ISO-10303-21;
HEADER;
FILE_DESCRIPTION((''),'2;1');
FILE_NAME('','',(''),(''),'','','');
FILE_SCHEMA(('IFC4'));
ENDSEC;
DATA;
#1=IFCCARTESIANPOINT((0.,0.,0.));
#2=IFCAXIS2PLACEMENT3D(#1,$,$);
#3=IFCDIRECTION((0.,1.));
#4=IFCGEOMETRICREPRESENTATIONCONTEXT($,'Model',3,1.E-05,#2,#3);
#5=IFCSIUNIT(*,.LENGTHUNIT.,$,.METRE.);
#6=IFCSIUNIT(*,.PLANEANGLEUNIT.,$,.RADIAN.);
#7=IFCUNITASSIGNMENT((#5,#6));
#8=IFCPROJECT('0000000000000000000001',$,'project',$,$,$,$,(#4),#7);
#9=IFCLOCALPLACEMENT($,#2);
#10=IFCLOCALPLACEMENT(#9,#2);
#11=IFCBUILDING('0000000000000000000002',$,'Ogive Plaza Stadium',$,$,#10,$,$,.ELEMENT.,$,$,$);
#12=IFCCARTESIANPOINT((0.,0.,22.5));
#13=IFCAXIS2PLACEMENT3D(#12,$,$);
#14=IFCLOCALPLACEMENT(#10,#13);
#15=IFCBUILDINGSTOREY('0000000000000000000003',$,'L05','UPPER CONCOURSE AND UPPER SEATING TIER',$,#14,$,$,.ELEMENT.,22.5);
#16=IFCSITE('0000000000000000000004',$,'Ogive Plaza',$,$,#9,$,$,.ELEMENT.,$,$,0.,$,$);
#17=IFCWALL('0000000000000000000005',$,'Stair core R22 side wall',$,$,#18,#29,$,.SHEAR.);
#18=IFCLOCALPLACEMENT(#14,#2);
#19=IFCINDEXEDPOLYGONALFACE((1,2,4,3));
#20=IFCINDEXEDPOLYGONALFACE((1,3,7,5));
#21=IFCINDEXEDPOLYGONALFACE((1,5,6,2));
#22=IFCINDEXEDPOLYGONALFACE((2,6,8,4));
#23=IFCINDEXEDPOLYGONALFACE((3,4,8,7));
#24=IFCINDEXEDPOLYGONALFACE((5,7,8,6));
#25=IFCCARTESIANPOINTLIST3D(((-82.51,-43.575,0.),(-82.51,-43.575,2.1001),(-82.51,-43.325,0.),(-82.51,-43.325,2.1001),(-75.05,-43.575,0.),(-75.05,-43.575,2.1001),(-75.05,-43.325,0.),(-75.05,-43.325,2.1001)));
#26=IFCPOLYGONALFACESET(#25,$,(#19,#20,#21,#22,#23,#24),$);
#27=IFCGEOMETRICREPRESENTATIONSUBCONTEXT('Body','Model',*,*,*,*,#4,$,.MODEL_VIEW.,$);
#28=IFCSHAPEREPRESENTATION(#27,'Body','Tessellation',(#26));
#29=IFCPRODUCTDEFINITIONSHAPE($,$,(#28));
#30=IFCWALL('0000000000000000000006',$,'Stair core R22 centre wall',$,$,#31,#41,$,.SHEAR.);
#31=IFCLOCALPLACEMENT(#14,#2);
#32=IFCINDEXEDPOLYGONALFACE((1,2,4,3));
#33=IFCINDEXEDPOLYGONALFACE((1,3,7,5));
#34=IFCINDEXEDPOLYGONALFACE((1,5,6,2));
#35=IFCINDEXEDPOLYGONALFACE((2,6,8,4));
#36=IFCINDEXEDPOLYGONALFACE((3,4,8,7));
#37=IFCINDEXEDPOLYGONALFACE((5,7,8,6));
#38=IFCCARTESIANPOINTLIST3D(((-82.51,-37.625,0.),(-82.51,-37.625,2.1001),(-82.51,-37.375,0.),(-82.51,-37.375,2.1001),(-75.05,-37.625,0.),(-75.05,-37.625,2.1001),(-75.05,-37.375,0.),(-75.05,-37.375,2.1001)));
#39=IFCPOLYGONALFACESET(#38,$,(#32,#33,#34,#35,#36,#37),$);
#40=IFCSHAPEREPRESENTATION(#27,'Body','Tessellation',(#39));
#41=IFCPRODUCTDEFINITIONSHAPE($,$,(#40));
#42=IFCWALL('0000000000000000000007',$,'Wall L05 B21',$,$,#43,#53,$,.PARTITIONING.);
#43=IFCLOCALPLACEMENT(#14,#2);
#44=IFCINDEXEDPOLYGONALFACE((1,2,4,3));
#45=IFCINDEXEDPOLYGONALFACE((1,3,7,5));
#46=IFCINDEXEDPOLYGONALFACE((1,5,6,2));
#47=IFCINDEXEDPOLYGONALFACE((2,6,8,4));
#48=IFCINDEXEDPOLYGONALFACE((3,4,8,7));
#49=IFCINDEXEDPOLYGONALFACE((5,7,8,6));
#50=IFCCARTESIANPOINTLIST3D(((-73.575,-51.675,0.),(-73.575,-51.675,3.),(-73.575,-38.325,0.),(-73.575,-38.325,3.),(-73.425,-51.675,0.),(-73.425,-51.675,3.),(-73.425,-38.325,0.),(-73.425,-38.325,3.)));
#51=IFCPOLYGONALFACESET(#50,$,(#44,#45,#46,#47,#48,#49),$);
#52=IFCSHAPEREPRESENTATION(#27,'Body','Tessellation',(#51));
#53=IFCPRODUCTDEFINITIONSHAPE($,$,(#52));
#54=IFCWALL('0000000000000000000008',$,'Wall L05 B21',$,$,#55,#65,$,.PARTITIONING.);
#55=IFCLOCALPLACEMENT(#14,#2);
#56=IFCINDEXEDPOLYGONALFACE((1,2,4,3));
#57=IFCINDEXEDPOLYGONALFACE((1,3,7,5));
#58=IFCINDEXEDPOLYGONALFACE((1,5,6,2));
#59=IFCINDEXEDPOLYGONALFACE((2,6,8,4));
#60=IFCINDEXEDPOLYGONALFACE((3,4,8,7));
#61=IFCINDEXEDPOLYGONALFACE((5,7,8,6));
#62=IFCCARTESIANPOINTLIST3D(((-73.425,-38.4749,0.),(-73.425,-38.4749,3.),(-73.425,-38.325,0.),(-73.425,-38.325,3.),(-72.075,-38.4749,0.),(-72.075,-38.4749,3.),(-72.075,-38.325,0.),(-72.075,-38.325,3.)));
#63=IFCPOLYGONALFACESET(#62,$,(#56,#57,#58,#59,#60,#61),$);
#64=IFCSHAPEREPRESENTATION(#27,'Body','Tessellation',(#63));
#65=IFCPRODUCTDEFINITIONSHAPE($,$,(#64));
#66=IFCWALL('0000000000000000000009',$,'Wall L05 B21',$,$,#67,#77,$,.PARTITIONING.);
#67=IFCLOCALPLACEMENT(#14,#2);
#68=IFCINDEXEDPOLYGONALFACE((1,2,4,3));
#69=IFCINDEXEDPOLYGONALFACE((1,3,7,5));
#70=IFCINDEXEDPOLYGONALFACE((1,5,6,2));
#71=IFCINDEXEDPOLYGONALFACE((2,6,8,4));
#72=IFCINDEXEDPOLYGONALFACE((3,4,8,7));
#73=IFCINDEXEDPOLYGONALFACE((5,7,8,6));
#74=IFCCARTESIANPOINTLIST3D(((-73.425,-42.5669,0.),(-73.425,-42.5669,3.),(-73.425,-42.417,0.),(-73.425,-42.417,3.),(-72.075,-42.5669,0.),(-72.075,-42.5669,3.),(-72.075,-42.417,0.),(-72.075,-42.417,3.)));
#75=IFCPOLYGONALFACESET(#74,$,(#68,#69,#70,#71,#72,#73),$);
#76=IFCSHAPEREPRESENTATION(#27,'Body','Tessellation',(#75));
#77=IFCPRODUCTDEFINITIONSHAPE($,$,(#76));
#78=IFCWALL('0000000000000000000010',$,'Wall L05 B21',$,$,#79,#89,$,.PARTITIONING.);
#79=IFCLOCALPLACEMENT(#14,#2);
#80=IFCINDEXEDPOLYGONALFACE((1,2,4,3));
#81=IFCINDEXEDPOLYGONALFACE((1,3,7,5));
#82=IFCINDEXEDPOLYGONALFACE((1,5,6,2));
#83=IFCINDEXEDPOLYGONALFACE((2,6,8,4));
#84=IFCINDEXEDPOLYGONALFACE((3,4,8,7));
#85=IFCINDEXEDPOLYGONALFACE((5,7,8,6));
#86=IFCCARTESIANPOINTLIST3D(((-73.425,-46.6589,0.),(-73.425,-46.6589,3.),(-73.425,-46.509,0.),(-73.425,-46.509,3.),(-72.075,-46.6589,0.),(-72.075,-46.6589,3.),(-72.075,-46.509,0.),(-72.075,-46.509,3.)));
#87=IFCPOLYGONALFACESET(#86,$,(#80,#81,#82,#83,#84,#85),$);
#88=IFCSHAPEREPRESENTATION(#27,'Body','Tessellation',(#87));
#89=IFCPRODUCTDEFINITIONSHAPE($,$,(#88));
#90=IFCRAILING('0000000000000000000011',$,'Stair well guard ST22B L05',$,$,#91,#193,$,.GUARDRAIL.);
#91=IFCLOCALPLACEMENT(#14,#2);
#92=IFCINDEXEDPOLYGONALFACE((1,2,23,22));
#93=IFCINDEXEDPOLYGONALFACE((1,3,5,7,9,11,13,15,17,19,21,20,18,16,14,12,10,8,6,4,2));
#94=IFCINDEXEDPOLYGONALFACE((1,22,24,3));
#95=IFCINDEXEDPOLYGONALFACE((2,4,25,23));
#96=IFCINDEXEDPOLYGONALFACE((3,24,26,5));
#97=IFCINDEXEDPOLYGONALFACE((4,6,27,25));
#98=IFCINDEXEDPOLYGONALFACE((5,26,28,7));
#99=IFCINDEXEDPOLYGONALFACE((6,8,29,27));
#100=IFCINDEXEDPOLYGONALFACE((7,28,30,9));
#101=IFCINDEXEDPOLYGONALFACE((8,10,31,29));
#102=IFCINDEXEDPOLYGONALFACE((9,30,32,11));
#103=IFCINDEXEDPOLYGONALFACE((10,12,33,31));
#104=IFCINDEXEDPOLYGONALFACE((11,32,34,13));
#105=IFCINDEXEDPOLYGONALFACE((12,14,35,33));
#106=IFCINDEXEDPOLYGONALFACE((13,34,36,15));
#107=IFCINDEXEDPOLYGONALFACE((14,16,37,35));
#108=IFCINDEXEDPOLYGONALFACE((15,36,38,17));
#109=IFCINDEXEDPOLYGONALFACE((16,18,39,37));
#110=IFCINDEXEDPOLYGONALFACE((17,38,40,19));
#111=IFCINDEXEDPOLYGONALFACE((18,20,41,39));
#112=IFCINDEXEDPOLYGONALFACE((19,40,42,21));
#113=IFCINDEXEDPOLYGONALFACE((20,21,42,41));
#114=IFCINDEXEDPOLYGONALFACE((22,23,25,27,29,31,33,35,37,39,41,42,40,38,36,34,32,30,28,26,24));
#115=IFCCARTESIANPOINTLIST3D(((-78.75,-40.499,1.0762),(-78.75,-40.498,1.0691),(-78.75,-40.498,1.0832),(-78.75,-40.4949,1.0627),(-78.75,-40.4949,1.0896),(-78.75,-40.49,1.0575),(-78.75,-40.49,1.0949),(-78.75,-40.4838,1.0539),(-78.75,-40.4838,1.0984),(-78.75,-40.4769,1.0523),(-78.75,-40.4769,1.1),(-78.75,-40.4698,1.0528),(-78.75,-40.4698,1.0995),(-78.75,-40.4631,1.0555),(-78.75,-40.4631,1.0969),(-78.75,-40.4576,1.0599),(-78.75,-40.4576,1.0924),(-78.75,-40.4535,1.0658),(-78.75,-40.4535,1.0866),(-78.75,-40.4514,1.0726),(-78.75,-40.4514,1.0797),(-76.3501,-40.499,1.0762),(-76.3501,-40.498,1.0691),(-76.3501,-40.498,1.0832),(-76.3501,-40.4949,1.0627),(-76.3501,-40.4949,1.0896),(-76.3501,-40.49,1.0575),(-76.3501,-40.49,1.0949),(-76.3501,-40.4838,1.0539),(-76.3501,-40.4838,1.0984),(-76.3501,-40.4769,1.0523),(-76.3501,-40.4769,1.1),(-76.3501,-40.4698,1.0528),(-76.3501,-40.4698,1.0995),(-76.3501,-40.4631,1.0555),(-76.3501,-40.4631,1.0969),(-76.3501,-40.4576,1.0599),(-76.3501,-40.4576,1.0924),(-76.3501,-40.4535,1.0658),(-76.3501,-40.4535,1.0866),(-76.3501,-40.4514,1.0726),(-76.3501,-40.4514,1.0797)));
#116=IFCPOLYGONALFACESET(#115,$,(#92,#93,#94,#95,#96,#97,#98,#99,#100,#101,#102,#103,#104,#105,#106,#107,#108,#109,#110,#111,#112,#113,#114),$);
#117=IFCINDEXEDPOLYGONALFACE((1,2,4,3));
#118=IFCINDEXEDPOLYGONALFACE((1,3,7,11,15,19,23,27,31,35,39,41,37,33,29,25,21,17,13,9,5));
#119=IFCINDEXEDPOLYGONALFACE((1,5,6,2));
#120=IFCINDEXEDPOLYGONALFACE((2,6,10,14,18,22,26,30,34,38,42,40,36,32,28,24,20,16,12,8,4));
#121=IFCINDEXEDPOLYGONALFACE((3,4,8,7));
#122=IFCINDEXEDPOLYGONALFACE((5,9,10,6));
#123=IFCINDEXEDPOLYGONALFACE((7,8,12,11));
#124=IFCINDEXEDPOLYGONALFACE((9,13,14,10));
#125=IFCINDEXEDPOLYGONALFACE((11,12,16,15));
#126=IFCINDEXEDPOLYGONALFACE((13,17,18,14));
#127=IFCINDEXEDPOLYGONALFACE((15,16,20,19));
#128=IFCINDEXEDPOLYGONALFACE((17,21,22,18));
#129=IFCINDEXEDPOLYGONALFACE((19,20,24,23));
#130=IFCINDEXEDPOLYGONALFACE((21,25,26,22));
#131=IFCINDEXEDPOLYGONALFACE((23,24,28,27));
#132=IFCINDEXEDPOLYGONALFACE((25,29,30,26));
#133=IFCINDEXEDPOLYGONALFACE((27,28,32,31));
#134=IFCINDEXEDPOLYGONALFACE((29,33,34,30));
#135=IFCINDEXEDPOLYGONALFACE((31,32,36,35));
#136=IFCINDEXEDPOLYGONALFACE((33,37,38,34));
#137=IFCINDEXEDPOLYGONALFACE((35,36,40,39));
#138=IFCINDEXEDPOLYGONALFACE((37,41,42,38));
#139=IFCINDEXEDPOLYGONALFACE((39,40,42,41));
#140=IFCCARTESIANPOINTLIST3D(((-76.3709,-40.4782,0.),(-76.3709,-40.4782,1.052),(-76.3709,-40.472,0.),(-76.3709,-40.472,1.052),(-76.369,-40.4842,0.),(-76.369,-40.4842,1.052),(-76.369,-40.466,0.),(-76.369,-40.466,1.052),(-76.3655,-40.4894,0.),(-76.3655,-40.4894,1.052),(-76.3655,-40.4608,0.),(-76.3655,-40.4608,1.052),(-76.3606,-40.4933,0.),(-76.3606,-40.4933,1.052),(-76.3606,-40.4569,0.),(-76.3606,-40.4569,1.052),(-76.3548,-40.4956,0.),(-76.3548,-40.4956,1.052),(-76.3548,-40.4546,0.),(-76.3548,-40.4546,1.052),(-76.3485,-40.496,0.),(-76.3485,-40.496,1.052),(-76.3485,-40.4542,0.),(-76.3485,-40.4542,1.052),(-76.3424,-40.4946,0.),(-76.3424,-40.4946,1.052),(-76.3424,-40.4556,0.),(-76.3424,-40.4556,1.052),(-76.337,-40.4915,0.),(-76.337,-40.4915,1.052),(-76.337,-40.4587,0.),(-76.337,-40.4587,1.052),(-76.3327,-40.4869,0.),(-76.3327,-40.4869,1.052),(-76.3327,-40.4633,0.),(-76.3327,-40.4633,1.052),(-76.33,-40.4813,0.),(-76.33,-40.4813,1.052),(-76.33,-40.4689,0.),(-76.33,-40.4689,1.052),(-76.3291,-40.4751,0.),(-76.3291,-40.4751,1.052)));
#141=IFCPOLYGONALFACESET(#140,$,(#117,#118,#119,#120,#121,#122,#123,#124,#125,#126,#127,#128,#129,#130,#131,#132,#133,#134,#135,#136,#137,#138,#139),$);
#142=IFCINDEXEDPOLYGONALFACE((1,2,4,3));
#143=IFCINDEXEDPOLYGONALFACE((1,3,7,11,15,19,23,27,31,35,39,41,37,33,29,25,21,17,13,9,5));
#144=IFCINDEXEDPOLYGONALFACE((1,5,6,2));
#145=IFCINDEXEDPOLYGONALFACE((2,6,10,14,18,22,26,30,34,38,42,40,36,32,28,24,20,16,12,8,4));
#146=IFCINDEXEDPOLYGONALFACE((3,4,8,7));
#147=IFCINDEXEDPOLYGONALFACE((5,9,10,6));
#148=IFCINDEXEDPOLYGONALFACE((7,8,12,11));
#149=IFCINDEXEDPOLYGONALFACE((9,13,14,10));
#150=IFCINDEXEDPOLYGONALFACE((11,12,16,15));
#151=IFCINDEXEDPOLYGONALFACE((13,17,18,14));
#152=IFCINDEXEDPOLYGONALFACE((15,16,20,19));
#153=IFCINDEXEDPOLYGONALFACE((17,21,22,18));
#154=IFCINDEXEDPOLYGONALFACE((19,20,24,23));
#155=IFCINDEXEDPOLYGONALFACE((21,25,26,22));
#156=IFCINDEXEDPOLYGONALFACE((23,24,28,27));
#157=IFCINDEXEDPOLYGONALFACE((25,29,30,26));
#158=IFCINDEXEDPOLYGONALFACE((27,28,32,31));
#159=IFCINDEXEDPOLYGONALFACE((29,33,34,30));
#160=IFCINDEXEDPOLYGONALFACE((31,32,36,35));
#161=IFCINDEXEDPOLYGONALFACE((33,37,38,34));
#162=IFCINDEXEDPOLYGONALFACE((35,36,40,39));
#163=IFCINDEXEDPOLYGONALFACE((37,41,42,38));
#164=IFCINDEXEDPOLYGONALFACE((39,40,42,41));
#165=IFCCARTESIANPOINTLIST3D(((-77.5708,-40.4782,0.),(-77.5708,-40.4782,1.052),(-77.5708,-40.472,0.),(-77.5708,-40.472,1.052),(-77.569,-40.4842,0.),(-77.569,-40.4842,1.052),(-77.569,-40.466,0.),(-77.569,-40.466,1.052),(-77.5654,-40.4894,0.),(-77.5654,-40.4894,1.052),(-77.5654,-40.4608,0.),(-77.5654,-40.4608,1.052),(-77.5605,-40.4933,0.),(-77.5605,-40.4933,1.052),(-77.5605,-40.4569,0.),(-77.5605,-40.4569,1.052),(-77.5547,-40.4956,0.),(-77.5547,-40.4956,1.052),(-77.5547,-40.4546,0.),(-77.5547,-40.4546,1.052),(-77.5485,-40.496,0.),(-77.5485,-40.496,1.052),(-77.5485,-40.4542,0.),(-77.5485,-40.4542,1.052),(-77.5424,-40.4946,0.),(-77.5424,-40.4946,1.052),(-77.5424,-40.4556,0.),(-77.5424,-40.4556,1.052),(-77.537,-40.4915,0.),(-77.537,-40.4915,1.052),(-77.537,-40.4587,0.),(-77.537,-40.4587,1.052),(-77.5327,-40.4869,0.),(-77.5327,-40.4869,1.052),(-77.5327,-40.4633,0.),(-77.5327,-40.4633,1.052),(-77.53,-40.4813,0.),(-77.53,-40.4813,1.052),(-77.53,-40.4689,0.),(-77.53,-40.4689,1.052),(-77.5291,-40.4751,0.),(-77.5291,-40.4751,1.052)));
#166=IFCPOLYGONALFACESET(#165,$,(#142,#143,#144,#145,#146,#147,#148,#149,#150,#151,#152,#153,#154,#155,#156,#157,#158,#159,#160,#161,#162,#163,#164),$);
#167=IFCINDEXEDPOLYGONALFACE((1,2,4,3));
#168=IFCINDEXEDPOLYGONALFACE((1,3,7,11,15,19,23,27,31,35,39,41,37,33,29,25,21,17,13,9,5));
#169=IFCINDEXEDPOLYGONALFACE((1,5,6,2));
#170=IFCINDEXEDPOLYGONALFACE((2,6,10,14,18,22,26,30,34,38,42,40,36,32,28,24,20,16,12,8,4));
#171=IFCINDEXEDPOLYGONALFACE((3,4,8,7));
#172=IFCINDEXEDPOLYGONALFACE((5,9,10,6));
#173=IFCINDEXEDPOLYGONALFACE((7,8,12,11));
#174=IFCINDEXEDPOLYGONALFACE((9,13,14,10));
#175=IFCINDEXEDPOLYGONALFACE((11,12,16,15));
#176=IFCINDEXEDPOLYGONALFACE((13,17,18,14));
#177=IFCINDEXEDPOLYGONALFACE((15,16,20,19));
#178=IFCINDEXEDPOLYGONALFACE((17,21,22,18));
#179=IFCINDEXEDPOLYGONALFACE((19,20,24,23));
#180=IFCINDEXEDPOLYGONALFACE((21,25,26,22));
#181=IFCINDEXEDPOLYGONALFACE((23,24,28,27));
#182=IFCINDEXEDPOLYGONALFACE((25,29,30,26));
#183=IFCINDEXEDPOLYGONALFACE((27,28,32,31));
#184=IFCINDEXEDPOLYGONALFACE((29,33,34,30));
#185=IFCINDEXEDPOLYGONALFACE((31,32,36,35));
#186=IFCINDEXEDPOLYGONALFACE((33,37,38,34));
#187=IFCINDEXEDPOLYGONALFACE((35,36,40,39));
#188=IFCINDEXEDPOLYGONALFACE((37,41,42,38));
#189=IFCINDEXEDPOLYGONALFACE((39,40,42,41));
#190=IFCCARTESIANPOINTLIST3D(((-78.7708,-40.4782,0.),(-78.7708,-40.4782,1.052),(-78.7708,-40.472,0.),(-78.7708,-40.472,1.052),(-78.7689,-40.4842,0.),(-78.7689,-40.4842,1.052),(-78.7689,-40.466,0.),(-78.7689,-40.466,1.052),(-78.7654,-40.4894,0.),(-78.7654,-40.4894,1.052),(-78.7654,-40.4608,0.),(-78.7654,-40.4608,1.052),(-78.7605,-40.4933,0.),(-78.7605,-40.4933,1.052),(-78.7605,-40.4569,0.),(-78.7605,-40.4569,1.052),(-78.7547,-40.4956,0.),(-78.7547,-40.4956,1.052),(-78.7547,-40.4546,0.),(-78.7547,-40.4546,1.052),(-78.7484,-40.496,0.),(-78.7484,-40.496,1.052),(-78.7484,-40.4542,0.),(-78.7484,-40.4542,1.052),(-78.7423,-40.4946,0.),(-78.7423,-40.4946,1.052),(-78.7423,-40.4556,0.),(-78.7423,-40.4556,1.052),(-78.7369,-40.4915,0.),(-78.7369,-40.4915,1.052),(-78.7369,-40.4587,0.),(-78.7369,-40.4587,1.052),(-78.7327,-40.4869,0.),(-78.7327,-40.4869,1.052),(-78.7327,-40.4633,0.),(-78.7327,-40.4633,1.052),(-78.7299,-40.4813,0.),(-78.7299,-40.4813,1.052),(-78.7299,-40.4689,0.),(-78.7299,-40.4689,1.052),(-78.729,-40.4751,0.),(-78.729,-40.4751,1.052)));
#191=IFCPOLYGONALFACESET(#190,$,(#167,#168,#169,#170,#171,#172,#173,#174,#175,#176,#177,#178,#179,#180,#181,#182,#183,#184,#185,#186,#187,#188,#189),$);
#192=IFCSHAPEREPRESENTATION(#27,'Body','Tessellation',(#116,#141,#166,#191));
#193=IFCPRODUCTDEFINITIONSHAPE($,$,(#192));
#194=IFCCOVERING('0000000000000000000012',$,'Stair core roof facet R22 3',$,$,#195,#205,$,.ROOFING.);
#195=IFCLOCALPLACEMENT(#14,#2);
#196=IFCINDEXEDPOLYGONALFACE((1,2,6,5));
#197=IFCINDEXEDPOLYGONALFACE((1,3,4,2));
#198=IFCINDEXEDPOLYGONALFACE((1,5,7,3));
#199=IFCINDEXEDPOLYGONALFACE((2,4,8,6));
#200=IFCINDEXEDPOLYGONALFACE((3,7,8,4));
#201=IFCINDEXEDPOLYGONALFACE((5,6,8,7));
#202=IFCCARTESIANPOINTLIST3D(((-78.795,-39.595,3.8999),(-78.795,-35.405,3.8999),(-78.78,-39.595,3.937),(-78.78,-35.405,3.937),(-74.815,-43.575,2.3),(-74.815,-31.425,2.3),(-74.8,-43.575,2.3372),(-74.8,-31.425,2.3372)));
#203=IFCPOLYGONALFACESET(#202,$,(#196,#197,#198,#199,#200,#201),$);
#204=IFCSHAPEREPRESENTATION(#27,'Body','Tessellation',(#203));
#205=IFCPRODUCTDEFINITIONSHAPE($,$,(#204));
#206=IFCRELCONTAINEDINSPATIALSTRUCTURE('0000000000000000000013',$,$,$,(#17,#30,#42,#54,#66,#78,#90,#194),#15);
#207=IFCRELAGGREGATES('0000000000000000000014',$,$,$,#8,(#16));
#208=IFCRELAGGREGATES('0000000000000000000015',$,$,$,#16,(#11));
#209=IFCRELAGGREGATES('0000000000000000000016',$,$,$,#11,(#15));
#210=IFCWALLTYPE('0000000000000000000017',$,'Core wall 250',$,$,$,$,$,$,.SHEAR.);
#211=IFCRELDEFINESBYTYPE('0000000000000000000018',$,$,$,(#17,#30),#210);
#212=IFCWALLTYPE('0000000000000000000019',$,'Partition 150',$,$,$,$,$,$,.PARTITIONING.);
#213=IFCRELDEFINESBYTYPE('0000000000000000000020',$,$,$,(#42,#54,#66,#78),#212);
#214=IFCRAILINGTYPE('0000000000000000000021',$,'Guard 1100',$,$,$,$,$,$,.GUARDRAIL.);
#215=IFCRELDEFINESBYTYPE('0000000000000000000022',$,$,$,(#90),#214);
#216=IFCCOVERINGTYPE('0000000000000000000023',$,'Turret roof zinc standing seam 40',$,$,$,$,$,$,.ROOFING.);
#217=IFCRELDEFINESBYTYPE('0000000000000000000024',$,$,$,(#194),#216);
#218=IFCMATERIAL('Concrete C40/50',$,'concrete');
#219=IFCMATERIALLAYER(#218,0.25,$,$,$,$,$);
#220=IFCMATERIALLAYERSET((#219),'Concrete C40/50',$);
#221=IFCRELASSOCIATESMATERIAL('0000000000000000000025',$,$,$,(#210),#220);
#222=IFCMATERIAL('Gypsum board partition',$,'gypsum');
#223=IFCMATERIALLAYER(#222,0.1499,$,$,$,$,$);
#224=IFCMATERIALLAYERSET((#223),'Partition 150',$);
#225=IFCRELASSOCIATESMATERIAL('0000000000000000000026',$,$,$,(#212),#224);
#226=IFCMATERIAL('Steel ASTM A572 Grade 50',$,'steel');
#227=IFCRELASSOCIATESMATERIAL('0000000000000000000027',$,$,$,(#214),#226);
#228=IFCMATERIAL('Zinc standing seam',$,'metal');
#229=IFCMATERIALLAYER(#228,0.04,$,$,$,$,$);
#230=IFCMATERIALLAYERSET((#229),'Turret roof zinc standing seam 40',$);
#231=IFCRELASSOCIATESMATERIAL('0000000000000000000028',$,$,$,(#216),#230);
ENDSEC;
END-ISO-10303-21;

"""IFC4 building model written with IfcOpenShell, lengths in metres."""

from ifc_helpers import new_model, si_unit, direction, frame, frame_2d, origin, origin_2d, place, context, subcontext, project, spatial, polyline, rectangle, circle, outline, extrude, material, layer, layer_set, type_object, element, save


model = new_model("IFC4")

# Units and contexts
model_context = context("Model", 3, precision=1e-05, world=origin(), true_north=direction((0.0, 1.0)))
body_context = subcontext(model_context, "Body", "Model", "MODEL_VIEW")
ifc_project = project(units=[si_unit("LENGTHUNIT", "METRE"), si_unit("PLANEANGLEUNIT", "RADIAN")], contexts=[model_context])

# Site, building, storey
site_placement = place(None, origin())
site = spatial("IfcSite", under=ifc_project, at=site_placement, Name="Ogive Plaza", CompositionType="ELEMENT", RefElevation=0.0)
building_placement = place(site_placement, origin())
building = spatial("IfcBuilding", under=site, at=building_placement, Name="Ogive Plaza Stadium", CompositionType="ELEMENT")
storey_placement = place(building_placement, frame((0.0, 0.0, 22.5)))
storey = spatial("IfcBuildingStorey", under=building, at=storey_placement, Name="L05", Description="UPPER CONCOURSE AND UPPER SEATING TIER", CompositionType="ELEMENT", Elevation=22.5)

# Walls
ifc_material_1 = material(Name="Concrete C40/50", Category="concrete")
ifc_layer_1 = layer(ifc_material_1, 0.25)
ifc_layer_set_1 = layer_set([ifc_layer_1], Name="Concrete C40/50")
wall_type_1 = type_object("IfcWallType", Name="Core wall 250", PredefinedType="SHEAR", material=ifc_layer_set_1)
for number, where, z_axis, x_axis, name in (
    (1, (-75.05, -43.45, 0.0), (0.0, 0.0, 1.0), (-1.0, 0.0, 0.0), "Stair core R22 side wall"),
    (2, (-75.05, -37.5, 0.0), (0.0, 0.0, 1.0), (-1.0, 0.0, 0.0), "Stair core R22 centre wall"),
):
    element("IfcWall", number, at=place(storey_placement, frame(where, z_axis=z_axis, x_axis=x_axis)), inside=storey, type_object=wall_type_1, Name=name, PredefinedType="SHEAR", context=body_context, shape_type="SweptSolid", body=[
        extrude(rectangle(XDim=7.46, YDim=0.25, at=frame_2d((3.73, 0.0))), origin(), (0.0, 0.0, 1.0), 2.1001),
    ])
ifc_material_2 = material(Name="Gypsum board partition", Category="gypsum")
ifc_layer_2 = layer(ifc_material_2, 0.1499)
ifc_layer_set_2 = layer_set([ifc_layer_2], Name="Partition 150")
wall_type_2 = type_object("IfcWallType", Name="Partition 150", PredefinedType="PARTITIONING", material=ifc_layer_set_2)
wall_placement = place(storey_placement, frame((-73.5, -38.325, 0.0), z_axis=(0.0, 0.0, 1.0), x_axis=(0.0, -1.0, 0.0)))
element("IfcWall", 3, at=wall_placement, inside=storey, type_object=wall_type_2, Name="Wall L05 B21", PredefinedType="PARTITIONING", context=body_context, shape_type="SweptSolid", body=[
    extrude(rectangle(XDim=13.3501, YDim=0.1499, at=frame_2d((6.675, 0.0))), origin(), (0.0, 0.0, 1.0), 3.0),
])
for number, where, z_axis, x_axis, name in (
    (4, (-72.075, -38.3999, 0.0), (0.0, 0.0, 1.0), (-1.0, 0.0, 0.0), "Wall L05 B21"),
    (5, (-72.075, -42.4919, 0.0), (0.0, 0.0, 1.0), (-1.0, 0.0, 0.0), "Wall L05 B21"),
    (6, (-72.075, -46.584, 0.0), (0.0, 0.0, 1.0), (-1.0, 0.0, 0.0), "Wall L05 B21"),
):
    element("IfcWall", number, at=place(storey_placement, frame(where, z_axis=z_axis, x_axis=x_axis)), inside=storey, type_object=wall_type_2, Name=name, PredefinedType="PARTITIONING", context=body_context, shape_type="SweptSolid", body=[
        extrude(rectangle(XDim=1.3501, YDim=0.1499, at=frame_2d((0.675, 0.0))), origin(), (0.0, 0.0, 1.0), 3.0),
    ])

# Railing
ifc_material_3 = material(Name="Steel ASTM A572 Grade 50", Category="steel")
railing_type = type_object("IfcRailingType", Name="Guard 1100", PredefinedType="GUARDRAIL", material=ifc_material_3)
railing_placement = place(storey_placement, frame((-76.3501, -40.4751, 0.0)))
element("IfcRailing", 7, at=railing_placement, inside=storey, type_object=railing_type, Name="Stair well guard ST22B L05", PredefinedType="GUARDRAIL", context=body_context, shape_type="SweptSolid", body=[
    extrude(circle(Radius=0.0239, at=origin_2d()), frame((0.0, 0.0, 1.0762), z_axis=(-1.0, 0.0, 0.0), x_axis=(0.0, -1.0, 0.0)), (0.0, 0.0, 1.0), 2.3999),
    extrude(circle(Radius=0.021, at=origin_2d()), origin(), (0.0, 0.0, 1.0), 1.052),
    extrude(circle(Radius=0.021, at=origin_2d()), frame((-1.2, 0.0, 0.0)), (0.0, 0.0, 1.0), 1.052),
    extrude(circle(Radius=0.021, at=origin_2d()), frame((-2.3999, 0.0, 0.0)), (0.0, 0.0, 1.0), 1.052),
])

# Covering
ifc_material_4 = material(Name="Zinc standing seam", Category="metal")
ifc_layer_3 = layer(ifc_material_4, 0.04)
ifc_layer_set_3 = layer_set([ifc_layer_3], Name="Turret roof zinc standing seam 40")
covering_type = type_object("IfcCoveringType", Name="Turret roof zinc standing seam 40", PredefinedType="ROOFING", material=ifc_layer_set_3)
covering_placement = place(storey_placement, frame((-74.8, -43.575, 2.3372), z_axis=(0.37297, 0.0, 0.927843), x_axis=(0.0, 1.0, 0.0)))
element("IfcCovering", 8, at=covering_placement, inside=storey, type_object=covering_type, Name="Stair core roof facet R22 3", PredefinedType="ROOFING", context=body_context, shape_type="SweptSolid", body=[
    extrude(outline(polyline([(0.0, 0.0), (12.1499, 0.0), (8.1699, 4.2895), (3.98, 4.2895), (0.0, 0.0)])), origin(), (0.0, 0.0, -1.0), 0.04),
])

save(model, "model.ifc")
